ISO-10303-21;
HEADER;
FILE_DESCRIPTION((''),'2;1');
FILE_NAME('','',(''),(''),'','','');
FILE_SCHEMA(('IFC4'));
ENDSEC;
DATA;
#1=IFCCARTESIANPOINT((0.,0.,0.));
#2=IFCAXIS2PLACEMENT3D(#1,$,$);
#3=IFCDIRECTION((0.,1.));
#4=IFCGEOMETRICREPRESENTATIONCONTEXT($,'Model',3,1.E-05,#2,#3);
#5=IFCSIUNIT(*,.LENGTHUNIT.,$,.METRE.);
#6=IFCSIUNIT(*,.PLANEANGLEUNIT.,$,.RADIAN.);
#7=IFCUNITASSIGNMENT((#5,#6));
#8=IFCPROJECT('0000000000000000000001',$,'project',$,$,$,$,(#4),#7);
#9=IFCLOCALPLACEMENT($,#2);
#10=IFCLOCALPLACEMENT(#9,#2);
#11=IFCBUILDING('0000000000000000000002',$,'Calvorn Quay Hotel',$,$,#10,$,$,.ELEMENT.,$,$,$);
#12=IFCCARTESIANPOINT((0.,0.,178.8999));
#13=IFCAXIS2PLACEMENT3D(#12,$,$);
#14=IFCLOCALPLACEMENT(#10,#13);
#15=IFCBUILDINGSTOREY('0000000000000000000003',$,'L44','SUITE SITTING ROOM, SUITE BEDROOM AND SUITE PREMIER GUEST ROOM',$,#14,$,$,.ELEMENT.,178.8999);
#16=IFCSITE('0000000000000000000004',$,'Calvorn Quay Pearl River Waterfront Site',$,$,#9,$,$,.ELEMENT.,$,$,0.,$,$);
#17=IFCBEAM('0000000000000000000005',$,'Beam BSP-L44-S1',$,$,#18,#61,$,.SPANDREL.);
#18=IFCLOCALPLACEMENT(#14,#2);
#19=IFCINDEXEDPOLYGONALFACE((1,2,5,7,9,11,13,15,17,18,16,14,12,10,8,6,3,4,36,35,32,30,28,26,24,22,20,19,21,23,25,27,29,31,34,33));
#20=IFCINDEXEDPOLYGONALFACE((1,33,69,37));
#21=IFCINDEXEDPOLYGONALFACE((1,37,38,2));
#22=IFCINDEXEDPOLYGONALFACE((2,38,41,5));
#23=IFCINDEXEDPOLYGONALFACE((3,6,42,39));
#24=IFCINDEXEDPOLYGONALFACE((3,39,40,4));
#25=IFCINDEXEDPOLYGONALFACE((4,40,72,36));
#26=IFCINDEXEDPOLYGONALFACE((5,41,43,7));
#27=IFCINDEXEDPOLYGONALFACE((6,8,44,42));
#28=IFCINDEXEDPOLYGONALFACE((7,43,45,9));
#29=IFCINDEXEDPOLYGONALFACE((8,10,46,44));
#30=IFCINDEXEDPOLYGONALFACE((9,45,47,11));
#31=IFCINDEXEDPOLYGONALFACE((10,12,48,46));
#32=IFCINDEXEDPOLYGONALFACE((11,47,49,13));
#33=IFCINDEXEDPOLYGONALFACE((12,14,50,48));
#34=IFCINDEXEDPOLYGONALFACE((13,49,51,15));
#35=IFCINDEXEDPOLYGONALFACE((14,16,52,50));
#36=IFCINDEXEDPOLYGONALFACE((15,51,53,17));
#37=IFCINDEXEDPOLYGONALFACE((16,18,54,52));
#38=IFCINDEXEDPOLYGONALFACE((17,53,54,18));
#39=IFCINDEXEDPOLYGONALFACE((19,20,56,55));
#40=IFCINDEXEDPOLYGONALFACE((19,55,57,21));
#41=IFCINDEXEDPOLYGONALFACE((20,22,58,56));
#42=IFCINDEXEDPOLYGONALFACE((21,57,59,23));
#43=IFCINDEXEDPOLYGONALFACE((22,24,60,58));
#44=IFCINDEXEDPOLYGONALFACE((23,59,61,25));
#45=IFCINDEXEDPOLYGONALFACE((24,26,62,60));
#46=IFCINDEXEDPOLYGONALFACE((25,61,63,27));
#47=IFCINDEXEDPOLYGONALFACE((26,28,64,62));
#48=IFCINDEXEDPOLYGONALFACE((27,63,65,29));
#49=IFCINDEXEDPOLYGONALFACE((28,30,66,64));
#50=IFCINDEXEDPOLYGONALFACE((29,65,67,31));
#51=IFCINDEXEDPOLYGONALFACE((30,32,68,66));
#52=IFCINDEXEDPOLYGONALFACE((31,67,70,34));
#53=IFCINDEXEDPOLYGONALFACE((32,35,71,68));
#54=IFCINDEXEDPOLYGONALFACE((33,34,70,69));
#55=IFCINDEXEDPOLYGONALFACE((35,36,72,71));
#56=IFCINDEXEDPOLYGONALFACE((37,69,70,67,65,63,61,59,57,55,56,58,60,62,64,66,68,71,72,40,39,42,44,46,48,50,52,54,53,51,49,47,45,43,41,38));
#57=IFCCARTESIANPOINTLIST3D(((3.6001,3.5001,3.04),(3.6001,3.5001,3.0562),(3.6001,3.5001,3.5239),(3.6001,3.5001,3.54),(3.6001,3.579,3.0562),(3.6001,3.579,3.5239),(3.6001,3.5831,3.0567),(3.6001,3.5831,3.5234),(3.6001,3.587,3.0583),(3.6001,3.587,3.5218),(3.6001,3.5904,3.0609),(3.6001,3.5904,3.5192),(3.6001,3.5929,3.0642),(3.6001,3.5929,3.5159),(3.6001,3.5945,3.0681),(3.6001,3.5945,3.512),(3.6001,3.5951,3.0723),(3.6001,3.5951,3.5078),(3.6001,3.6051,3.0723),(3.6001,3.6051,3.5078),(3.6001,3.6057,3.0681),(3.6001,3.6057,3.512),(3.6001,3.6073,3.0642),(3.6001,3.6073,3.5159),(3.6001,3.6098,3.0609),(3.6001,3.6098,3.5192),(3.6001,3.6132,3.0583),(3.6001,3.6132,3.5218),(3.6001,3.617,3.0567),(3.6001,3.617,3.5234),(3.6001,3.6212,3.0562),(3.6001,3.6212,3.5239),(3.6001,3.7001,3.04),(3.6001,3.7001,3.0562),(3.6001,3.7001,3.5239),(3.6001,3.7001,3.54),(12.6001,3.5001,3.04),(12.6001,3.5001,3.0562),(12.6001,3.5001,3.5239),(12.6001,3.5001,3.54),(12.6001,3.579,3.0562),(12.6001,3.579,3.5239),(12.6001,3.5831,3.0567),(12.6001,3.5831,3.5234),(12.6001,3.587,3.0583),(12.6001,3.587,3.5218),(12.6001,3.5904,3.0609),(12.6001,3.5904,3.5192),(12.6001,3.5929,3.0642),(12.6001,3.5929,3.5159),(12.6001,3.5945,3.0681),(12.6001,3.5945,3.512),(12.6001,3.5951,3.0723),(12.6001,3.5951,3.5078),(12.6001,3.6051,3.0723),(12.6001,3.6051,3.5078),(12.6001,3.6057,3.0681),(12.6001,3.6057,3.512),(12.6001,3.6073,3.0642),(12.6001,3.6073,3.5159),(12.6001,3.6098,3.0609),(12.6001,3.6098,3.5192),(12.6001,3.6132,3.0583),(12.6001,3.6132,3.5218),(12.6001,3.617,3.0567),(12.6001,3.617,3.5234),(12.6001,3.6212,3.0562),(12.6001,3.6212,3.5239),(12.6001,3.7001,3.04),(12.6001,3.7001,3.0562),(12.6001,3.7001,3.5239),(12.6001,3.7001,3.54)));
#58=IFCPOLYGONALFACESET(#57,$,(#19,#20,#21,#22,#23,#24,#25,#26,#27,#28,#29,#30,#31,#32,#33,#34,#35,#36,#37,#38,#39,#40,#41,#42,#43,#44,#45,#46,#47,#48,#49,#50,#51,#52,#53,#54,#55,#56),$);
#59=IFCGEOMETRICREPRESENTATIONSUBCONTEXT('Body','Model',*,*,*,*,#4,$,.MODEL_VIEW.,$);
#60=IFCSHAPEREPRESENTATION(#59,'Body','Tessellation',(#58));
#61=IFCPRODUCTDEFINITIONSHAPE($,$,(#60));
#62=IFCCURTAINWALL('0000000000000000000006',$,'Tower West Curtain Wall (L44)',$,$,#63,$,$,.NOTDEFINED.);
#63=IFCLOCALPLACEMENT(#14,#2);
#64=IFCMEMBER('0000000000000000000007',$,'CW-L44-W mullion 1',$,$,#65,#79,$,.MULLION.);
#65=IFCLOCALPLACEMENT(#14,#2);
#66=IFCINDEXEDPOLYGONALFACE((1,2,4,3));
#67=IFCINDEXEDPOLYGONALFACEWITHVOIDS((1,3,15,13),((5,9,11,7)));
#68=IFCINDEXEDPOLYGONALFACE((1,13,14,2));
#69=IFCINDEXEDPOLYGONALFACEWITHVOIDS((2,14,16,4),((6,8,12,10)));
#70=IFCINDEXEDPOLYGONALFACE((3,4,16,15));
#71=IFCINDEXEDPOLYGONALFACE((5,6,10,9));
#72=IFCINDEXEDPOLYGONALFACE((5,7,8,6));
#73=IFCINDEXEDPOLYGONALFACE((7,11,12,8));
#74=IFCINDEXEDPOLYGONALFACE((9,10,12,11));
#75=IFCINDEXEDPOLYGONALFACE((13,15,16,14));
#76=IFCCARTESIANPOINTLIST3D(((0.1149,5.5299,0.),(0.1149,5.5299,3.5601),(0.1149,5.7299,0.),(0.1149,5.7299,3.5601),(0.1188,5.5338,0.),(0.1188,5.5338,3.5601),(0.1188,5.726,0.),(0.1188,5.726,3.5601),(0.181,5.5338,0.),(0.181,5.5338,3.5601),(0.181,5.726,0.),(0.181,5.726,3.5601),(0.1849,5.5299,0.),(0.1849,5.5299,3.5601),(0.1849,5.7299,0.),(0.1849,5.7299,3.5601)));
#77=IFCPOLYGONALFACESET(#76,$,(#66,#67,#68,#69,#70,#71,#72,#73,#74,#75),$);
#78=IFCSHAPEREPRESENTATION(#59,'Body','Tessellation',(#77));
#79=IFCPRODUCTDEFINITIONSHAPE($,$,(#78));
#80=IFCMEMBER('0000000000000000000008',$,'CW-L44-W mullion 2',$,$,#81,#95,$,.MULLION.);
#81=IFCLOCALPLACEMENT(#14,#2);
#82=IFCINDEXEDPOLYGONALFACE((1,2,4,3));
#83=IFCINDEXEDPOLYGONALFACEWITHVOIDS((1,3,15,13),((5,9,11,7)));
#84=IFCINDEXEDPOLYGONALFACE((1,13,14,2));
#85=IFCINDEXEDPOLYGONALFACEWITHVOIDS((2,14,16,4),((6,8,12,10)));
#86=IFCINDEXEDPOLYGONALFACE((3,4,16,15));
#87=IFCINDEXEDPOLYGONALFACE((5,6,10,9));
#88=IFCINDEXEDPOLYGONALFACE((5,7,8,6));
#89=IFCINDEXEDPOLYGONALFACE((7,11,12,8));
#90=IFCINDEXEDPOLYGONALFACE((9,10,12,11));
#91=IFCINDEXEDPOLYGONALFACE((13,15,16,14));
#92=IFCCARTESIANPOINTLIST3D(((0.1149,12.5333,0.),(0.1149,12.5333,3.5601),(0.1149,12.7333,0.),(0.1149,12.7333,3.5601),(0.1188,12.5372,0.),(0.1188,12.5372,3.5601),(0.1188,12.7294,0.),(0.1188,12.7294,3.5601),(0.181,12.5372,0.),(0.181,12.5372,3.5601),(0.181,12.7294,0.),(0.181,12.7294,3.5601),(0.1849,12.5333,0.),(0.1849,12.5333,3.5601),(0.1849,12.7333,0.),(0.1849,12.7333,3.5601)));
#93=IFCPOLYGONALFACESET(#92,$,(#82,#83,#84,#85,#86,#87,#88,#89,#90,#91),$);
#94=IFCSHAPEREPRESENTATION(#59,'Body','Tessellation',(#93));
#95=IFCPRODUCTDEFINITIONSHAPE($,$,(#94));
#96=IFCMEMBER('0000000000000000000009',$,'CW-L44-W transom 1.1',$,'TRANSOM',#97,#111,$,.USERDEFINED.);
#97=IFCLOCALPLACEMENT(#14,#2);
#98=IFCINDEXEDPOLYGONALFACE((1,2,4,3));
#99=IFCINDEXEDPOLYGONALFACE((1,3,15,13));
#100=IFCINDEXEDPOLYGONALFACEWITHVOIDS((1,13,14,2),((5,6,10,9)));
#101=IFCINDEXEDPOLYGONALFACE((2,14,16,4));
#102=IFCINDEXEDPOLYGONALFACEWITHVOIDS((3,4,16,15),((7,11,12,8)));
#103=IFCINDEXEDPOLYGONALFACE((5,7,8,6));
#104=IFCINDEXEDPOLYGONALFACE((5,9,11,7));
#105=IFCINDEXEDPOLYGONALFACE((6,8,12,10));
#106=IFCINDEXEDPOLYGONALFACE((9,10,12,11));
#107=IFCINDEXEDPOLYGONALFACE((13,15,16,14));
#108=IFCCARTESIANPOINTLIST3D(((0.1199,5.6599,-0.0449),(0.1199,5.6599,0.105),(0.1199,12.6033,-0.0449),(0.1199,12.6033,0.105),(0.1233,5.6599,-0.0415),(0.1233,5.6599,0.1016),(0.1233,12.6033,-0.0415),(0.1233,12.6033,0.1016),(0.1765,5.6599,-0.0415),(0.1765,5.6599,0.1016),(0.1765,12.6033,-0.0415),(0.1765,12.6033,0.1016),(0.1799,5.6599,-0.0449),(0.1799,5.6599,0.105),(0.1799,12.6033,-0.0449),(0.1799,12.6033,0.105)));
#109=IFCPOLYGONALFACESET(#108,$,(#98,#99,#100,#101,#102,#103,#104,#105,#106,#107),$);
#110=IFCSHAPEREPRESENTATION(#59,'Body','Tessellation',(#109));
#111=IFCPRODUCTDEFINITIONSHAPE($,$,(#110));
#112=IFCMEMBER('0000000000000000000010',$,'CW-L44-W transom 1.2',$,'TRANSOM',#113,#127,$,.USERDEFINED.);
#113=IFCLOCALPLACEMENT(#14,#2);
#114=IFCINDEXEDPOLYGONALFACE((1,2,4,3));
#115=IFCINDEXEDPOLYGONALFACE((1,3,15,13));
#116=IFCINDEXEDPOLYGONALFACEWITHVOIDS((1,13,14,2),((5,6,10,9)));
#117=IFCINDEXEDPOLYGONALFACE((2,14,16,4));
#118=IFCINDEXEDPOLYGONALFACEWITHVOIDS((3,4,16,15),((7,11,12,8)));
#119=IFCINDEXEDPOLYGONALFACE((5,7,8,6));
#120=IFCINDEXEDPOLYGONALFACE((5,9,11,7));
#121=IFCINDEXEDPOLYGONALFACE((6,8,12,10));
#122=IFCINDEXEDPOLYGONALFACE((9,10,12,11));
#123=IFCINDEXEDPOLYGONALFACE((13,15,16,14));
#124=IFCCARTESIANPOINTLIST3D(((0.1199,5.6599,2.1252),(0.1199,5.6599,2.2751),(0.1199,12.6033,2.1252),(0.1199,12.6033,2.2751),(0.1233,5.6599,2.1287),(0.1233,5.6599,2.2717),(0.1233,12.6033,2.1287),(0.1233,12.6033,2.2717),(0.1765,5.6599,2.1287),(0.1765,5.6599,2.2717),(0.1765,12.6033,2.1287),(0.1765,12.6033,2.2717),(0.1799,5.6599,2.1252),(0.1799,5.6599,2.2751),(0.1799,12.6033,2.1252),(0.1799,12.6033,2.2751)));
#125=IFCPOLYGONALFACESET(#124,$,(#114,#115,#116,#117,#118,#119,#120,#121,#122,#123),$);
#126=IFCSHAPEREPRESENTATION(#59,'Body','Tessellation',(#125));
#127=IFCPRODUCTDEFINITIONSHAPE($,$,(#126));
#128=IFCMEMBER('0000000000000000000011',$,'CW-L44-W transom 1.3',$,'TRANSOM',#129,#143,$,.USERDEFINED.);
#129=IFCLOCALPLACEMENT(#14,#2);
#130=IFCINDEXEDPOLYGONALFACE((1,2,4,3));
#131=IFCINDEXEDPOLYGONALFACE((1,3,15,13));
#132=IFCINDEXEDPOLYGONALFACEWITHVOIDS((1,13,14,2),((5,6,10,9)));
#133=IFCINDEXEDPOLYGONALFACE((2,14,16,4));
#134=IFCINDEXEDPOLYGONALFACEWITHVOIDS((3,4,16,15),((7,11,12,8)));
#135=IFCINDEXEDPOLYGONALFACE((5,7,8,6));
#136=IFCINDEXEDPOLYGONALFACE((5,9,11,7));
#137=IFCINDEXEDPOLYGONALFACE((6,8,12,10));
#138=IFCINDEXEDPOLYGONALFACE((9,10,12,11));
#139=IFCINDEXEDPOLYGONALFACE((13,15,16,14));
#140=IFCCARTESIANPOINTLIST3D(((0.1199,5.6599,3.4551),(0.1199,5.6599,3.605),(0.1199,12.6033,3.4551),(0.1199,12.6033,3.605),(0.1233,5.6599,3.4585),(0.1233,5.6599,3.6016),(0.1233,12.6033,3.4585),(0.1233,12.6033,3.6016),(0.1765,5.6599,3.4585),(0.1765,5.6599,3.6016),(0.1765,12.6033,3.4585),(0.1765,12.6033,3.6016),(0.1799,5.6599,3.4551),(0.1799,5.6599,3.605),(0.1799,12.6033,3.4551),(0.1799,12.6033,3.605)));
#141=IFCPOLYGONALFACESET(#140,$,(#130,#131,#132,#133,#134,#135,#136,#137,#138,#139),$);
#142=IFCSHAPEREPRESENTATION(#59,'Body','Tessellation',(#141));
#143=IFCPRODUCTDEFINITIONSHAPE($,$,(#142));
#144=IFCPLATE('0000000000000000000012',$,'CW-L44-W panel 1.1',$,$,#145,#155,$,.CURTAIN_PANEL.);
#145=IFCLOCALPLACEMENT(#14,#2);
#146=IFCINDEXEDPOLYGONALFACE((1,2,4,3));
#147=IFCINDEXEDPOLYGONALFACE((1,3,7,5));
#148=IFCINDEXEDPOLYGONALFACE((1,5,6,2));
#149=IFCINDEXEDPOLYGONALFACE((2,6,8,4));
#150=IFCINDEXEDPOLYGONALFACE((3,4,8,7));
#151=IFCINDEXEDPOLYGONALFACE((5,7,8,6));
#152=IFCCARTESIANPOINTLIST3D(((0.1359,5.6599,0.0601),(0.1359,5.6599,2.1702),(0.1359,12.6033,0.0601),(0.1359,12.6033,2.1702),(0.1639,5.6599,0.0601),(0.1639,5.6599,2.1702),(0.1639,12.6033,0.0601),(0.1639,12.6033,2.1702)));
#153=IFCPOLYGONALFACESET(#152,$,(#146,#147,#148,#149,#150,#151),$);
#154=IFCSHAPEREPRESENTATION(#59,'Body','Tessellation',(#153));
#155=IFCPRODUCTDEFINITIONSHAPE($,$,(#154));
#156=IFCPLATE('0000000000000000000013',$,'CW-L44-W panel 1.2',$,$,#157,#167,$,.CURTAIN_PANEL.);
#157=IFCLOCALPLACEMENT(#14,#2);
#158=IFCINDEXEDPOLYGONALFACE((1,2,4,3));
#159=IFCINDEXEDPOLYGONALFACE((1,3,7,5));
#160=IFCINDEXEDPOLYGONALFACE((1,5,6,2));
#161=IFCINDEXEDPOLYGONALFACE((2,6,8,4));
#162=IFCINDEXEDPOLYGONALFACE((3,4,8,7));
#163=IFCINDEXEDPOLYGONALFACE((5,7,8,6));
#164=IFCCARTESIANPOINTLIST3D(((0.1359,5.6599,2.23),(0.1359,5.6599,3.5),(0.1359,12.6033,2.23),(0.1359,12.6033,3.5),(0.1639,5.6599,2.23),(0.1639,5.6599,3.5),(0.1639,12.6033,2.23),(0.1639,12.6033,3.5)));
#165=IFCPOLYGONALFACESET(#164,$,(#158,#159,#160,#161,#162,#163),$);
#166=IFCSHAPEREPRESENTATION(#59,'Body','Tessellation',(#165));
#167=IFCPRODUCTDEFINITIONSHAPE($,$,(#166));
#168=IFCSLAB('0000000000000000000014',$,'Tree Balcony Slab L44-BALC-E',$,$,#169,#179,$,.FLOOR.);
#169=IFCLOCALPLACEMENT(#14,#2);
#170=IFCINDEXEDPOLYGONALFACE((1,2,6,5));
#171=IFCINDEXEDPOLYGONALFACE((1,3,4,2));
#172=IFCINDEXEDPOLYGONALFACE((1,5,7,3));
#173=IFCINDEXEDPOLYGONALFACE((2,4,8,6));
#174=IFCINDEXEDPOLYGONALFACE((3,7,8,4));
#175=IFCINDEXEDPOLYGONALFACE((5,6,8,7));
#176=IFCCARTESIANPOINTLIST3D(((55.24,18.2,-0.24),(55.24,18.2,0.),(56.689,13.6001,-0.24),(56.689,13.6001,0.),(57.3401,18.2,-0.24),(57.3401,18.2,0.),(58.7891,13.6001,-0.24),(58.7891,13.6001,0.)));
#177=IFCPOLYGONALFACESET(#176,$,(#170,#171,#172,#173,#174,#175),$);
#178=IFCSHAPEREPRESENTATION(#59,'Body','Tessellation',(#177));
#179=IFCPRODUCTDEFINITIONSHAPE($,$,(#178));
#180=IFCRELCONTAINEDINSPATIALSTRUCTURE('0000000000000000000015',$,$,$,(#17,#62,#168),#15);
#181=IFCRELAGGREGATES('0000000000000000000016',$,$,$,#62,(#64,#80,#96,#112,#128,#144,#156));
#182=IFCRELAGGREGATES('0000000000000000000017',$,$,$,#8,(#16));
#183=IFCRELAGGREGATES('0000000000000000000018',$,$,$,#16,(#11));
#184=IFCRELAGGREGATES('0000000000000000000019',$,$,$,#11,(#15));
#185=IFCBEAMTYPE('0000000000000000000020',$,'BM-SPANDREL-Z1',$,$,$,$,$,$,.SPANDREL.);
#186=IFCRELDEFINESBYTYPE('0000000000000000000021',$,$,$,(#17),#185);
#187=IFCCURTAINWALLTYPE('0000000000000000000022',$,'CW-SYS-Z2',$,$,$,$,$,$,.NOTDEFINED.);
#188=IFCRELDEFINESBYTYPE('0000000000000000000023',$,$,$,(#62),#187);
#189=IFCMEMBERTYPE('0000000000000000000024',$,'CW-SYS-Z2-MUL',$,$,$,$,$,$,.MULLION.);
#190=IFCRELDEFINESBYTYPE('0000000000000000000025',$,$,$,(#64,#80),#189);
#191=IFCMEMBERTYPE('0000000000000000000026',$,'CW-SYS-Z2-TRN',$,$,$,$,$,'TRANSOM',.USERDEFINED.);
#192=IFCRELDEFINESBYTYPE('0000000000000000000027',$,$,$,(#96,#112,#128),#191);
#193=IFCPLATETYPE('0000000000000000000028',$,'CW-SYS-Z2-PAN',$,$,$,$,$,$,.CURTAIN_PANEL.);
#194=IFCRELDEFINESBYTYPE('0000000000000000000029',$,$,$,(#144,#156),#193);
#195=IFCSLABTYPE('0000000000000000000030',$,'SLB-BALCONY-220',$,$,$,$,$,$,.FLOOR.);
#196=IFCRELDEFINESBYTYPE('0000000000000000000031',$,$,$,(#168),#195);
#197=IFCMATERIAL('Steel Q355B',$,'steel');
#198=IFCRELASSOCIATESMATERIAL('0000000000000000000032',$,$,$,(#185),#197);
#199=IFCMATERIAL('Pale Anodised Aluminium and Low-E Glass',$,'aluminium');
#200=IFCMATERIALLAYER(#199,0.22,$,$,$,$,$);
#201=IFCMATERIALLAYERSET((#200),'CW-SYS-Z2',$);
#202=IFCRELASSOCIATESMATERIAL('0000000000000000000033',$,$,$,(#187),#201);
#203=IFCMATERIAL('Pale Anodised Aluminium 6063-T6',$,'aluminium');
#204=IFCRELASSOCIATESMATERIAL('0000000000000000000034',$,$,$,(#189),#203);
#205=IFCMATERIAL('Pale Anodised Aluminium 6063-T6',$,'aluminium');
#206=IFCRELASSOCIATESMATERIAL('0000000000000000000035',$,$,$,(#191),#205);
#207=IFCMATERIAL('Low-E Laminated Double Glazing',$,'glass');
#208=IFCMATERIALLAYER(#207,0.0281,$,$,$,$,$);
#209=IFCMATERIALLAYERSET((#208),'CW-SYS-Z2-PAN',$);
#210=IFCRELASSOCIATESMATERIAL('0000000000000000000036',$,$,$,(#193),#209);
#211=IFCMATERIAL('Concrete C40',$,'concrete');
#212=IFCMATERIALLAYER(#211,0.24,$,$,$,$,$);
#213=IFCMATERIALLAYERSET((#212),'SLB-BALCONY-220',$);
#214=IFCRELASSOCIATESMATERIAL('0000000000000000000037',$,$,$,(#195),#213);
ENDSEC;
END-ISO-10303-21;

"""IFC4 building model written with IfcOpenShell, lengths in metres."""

from ifc_helpers import new_model, si_unit, direction, frame, origin, origin_2d, place, context, subcontext, project, spatial, polyline, rectangle, hollow_rectangle, i_section, outline, extrude, material, layer, layer_set, material_profile, profile_set, type_object, element, aggregate, save


model = new_model("IFC4")

# Units and contexts
model_context = context("Model", 3, precision=1e-05, world=origin(), true_north=direction((0.0, 1.0)))
body_context = subcontext(model_context, "Body", "Model", "MODEL_VIEW")
ifc_project = project(units=[si_unit("LENGTHUNIT", "METRE"), si_unit("PLANEANGLEUNIT", "RADIAN")], contexts=[model_context])

# Site, building, storey
site_placement = place(None, origin())
site = spatial("IfcSite", under=ifc_project, at=site_placement, Name="Calvorn Quay Pearl River Waterfront Site", CompositionType="ELEMENT", RefElevation=0.0)
building_placement = place(site_placement, origin())
building = spatial("IfcBuilding", under=site, at=building_placement, Name="Calvorn Quay Hotel", CompositionType="ELEMENT")
storey_placement = place(building_placement, frame((0.0, 0.0, 178.8999)))
storey = spatial("IfcBuildingStorey", under=building, at=storey_placement, Name="L44", Description="SUITE SITTING ROOM, SUITE BEDROOM AND SUITE PREMIER GUEST ROOM", CompositionType="ELEMENT", Elevation=178.8999)

# Beam
ifc_material_1 = material(Name="Steel Q355B", Category="steel")
ifc_material_profile_1 = material_profile(ifc_material_1, i_section(OverallWidth=0.2, OverallDepth=0.5, WebThickness=0.01, FlangeThickness=0.0161, FilletRadius=0.0161, at=origin_2d()), Name="HN500x200x10x16")
ifc_profile_set_1 = profile_set([ifc_material_profile_1], Name="Steel Q355B")
beam_type_1 = type_object("IfcBeamType", Name="BM-SPANDREL-Z1", PredefinedType="SPANDREL", material=ifc_profile_set_1)
beam_1_placement = place(storey_placement, frame((3.6001, 3.6001, 3.29), z_axis=(1.0, 0.0, 0.0), x_axis=(0.0, 1.0, 0.0)))
element("IfcBeam", 1, at=beam_1_placement, inside=storey, type_object=beam_type_1, Name="Beam BSP-L44-S1", PredefinedType="SPANDREL", context=body_context, shape_type="SweptSolid", body=[
    extrude(i_section(OverallWidth=0.2, OverallDepth=0.5, WebThickness=0.01, FlangeThickness=0.0161, FilletRadius=0.0161, at=origin_2d()), origin(), (0.0, 0.0, 1.0), 9.0),
])

# Curtain wall, members, plates
ifc_material_2 = material(Name="Pale Anodised Aluminium and Low-E Glass", Category="aluminium")
ifc_layer_1 = layer(ifc_material_2, 0.22)
ifc_layer_set_1 = layer_set([ifc_layer_1], Name="CW-SYS-Z2")
curtain_wall_type = type_object("IfcCurtainWallType", Name="CW-SYS-Z2", PredefinedType="NOTDEFINED", material=ifc_layer_set_1)
curtain_wall_placement = place(storey_placement, origin())
curtain_wall = element("IfcCurtainWall", 2, at=curtain_wall_placement, inside=storey, type_object=curtain_wall_type, Name="Tower West Curtain Wall (L44)", PredefinedType="NOTDEFINED")
ifc_material_3 = material(Name="Pale Anodised Aluminium 6063-T6", Category="aluminium")
ifc_material_profile_2 = material_profile(ifc_material_3, hollow_rectangle(XDim=0.0701, YDim=0.2, WallThickness=0.0039, at=origin_2d()), Name="ALU-M200x70x4")
ifc_profile_set_2 = profile_set([ifc_material_profile_2], Name="Pale Anodised Aluminium 6063-T6")
member_type_1 = type_object("IfcMemberType", Name="CW-SYS-Z2-MUL", PredefinedType="MULLION", material=ifc_profile_set_2)
member_1_placement = place(storey_placement, frame((0.1499, 5.6299, 0.0), z_axis=(0.0, 0.0, 1.0), x_axis=(-1.0, 0.0, 0.0)))
member_1 = element("IfcMember", 3, at=member_1_placement, type_object=member_type_1, Name="CW-L44-W mullion 1", PredefinedType="MULLION", context=body_context, shape_type="SweptSolid", body=[
    extrude(hollow_rectangle(XDim=0.0701, YDim=0.2, WallThickness=0.0039, at=origin_2d()), origin(), (0.0, 0.0, 1.0), 3.5601),
])
member_2_placement = place(storey_placement, frame((0.1499, 12.6333, 0.0), z_axis=(0.0, 0.0, 1.0), x_axis=(-1.0, 0.0, 0.0)))
member_2 = element("IfcMember", 4, at=member_2_placement, type_object=member_type_1, Name="CW-L44-W mullion 2", PredefinedType="MULLION", context=body_context, shape_type="SweptSolid", body=[
    extrude(hollow_rectangle(XDim=0.0701, YDim=0.2, WallThickness=0.0039, at=origin_2d()), origin(), (0.0, 0.0, 1.0), 3.5601),
])
ifc_material_4 = material(Name="Pale Anodised Aluminium 6063-T6", Category="aluminium")
ifc_material_profile_3 = material_profile(ifc_material_4, hollow_rectangle(XDim=0.0601, YDim=0.1499, WallThickness=0.0034, at=origin_2d()), Name="ALU-T150x60x3.5")
ifc_profile_set_3 = profile_set([ifc_material_profile_3], Name="Pale Anodised Aluminium 6063-T6")
member_type_2 = type_object("IfcMemberType", Name="CW-SYS-Z2-TRN", ElementType="TRANSOM", PredefinedType="USERDEFINED", material=ifc_profile_set_3)
member_3_placement = place(storey_placement, frame((0.1499, 5.6599, 0.03), z_axis=(0.0, 1.0, 0.0), x_axis=(-1.0, 0.0, 0.0)))
member_3 = element("IfcMember", 5, at=member_3_placement, type_object=member_type_2, Name="CW-L44-W transom 1.1", ObjectType="TRANSOM", PredefinedType="USERDEFINED", context=body_context, shape_type="SweptSolid", body=[
    extrude(hollow_rectangle(XDim=0.0601, YDim=0.1499, WallThickness=0.0034, at=origin_2d()), origin(), (0.0, 0.0, 1.0), 6.9434),
])
member_4_placement = place(storey_placement, frame((0.1499, 5.6599, 2.2002), z_axis=(0.0, 1.0, 0.0), x_axis=(-1.0, 0.0, 0.0)))
member_4 = element("IfcMember", 6, at=member_4_placement, type_object=member_type_2, Name="CW-L44-W transom 1.2", ObjectType="TRANSOM", PredefinedType="USERDEFINED", context=body_context, shape_type="SweptSolid", body=[
    extrude(hollow_rectangle(XDim=0.0601, YDim=0.1499, WallThickness=0.0034, at=origin_2d()), origin(), (0.0, 0.0, 1.0), 6.9434),
])
member_5_placement = place(storey_placement, frame((0.1499, 5.6599, 3.53), z_axis=(0.0, 1.0, 0.0), x_axis=(-1.0, 0.0, 0.0)))
member_5 = element("IfcMember", 7, at=member_5_placement, type_object=member_type_2, Name="CW-L44-W transom 1.3", ObjectType="TRANSOM", PredefinedType="USERDEFINED", context=body_context, shape_type="SweptSolid", body=[
    extrude(hollow_rectangle(XDim=0.0601, YDim=0.1499, WallThickness=0.0034, at=origin_2d()), origin(), (0.0, 0.0, 1.0), 6.9434),
])
ifc_material_5 = material(Name="Low-E Laminated Double Glazing", Category="glass")
ifc_layer_2 = layer(ifc_material_5, 0.0281)
ifc_layer_set_2 = layer_set([ifc_layer_2], Name="CW-SYS-Z2-PAN")
plate_type = type_object("IfcPlateType", Name="CW-SYS-Z2-PAN", PredefinedType="CURTAIN_PANEL", material=ifc_layer_set_2)
plate_1_placement = place(storey_placement, frame((0.1499, 9.1316, 0.0601), z_axis=(0.0, 0.0, 1.0), x_axis=(0.0, 1.0, 0.0)))
plate_1 = element("IfcPlate", 8, at=plate_1_placement, type_object=plate_type, Name="CW-L44-W panel 1.1", PredefinedType="CURTAIN_PANEL", context=body_context, shape_type="SweptSolid", body=[
    extrude(rectangle(XDim=6.9434, YDim=0.0281, at=origin_2d()), origin(), (0.0, 0.0, 1.0), 2.1101),
])
plate_2_placement = place(storey_placement, frame((0.1499, 9.1316, 2.23), z_axis=(0.0, 0.0, 1.0), x_axis=(0.0, 1.0, 0.0)))
plate_2 = element("IfcPlate", 9, at=plate_2_placement, type_object=plate_type, Name="CW-L44-W panel 1.2", PredefinedType="CURTAIN_PANEL", context=body_context, shape_type="SweptSolid", body=[
    extrude(rectangle(XDim=6.9434, YDim=0.0281, at=origin_2d()), origin(), (0.0, 0.0, 1.0), 1.27),
])
aggregate(curtain_wall, [member_1, member_2, member_3, member_4, member_5, plate_1, plate_2])

# Slab
ifc_material_6 = material(Name="Concrete C40", Category="concrete")
ifc_layer_3 = layer(ifc_material_6, 0.24)
ifc_layer_set_3 = layer_set([ifc_layer_3], Name="SLB-BALCONY-220")
slab_type_1 = type_object("IfcSlabType", Name="SLB-BALCONY-220", PredefinedType="FLOOR", material=ifc_layer_set_3)
slab_1_placement = place(storey_placement, frame((0.0, 0.0, -0.24)))
element("IfcSlab", 10, at=slab_1_placement, inside=storey, type_object=slab_type_1, Name="Tree Balcony Slab L44-BALC-E", PredefinedType="FLOOR", context=body_context, shape_type="SweptSolid", body=[
    extrude(outline(polyline([(56.689, 13.6001), (58.7891, 13.6001), (57.3401, 18.2), (55.24, 18.2), (56.689, 13.6001)])), origin(), (0.0, 0.0, 1.0), 0.24),
])

save(model, "model.ifc")
